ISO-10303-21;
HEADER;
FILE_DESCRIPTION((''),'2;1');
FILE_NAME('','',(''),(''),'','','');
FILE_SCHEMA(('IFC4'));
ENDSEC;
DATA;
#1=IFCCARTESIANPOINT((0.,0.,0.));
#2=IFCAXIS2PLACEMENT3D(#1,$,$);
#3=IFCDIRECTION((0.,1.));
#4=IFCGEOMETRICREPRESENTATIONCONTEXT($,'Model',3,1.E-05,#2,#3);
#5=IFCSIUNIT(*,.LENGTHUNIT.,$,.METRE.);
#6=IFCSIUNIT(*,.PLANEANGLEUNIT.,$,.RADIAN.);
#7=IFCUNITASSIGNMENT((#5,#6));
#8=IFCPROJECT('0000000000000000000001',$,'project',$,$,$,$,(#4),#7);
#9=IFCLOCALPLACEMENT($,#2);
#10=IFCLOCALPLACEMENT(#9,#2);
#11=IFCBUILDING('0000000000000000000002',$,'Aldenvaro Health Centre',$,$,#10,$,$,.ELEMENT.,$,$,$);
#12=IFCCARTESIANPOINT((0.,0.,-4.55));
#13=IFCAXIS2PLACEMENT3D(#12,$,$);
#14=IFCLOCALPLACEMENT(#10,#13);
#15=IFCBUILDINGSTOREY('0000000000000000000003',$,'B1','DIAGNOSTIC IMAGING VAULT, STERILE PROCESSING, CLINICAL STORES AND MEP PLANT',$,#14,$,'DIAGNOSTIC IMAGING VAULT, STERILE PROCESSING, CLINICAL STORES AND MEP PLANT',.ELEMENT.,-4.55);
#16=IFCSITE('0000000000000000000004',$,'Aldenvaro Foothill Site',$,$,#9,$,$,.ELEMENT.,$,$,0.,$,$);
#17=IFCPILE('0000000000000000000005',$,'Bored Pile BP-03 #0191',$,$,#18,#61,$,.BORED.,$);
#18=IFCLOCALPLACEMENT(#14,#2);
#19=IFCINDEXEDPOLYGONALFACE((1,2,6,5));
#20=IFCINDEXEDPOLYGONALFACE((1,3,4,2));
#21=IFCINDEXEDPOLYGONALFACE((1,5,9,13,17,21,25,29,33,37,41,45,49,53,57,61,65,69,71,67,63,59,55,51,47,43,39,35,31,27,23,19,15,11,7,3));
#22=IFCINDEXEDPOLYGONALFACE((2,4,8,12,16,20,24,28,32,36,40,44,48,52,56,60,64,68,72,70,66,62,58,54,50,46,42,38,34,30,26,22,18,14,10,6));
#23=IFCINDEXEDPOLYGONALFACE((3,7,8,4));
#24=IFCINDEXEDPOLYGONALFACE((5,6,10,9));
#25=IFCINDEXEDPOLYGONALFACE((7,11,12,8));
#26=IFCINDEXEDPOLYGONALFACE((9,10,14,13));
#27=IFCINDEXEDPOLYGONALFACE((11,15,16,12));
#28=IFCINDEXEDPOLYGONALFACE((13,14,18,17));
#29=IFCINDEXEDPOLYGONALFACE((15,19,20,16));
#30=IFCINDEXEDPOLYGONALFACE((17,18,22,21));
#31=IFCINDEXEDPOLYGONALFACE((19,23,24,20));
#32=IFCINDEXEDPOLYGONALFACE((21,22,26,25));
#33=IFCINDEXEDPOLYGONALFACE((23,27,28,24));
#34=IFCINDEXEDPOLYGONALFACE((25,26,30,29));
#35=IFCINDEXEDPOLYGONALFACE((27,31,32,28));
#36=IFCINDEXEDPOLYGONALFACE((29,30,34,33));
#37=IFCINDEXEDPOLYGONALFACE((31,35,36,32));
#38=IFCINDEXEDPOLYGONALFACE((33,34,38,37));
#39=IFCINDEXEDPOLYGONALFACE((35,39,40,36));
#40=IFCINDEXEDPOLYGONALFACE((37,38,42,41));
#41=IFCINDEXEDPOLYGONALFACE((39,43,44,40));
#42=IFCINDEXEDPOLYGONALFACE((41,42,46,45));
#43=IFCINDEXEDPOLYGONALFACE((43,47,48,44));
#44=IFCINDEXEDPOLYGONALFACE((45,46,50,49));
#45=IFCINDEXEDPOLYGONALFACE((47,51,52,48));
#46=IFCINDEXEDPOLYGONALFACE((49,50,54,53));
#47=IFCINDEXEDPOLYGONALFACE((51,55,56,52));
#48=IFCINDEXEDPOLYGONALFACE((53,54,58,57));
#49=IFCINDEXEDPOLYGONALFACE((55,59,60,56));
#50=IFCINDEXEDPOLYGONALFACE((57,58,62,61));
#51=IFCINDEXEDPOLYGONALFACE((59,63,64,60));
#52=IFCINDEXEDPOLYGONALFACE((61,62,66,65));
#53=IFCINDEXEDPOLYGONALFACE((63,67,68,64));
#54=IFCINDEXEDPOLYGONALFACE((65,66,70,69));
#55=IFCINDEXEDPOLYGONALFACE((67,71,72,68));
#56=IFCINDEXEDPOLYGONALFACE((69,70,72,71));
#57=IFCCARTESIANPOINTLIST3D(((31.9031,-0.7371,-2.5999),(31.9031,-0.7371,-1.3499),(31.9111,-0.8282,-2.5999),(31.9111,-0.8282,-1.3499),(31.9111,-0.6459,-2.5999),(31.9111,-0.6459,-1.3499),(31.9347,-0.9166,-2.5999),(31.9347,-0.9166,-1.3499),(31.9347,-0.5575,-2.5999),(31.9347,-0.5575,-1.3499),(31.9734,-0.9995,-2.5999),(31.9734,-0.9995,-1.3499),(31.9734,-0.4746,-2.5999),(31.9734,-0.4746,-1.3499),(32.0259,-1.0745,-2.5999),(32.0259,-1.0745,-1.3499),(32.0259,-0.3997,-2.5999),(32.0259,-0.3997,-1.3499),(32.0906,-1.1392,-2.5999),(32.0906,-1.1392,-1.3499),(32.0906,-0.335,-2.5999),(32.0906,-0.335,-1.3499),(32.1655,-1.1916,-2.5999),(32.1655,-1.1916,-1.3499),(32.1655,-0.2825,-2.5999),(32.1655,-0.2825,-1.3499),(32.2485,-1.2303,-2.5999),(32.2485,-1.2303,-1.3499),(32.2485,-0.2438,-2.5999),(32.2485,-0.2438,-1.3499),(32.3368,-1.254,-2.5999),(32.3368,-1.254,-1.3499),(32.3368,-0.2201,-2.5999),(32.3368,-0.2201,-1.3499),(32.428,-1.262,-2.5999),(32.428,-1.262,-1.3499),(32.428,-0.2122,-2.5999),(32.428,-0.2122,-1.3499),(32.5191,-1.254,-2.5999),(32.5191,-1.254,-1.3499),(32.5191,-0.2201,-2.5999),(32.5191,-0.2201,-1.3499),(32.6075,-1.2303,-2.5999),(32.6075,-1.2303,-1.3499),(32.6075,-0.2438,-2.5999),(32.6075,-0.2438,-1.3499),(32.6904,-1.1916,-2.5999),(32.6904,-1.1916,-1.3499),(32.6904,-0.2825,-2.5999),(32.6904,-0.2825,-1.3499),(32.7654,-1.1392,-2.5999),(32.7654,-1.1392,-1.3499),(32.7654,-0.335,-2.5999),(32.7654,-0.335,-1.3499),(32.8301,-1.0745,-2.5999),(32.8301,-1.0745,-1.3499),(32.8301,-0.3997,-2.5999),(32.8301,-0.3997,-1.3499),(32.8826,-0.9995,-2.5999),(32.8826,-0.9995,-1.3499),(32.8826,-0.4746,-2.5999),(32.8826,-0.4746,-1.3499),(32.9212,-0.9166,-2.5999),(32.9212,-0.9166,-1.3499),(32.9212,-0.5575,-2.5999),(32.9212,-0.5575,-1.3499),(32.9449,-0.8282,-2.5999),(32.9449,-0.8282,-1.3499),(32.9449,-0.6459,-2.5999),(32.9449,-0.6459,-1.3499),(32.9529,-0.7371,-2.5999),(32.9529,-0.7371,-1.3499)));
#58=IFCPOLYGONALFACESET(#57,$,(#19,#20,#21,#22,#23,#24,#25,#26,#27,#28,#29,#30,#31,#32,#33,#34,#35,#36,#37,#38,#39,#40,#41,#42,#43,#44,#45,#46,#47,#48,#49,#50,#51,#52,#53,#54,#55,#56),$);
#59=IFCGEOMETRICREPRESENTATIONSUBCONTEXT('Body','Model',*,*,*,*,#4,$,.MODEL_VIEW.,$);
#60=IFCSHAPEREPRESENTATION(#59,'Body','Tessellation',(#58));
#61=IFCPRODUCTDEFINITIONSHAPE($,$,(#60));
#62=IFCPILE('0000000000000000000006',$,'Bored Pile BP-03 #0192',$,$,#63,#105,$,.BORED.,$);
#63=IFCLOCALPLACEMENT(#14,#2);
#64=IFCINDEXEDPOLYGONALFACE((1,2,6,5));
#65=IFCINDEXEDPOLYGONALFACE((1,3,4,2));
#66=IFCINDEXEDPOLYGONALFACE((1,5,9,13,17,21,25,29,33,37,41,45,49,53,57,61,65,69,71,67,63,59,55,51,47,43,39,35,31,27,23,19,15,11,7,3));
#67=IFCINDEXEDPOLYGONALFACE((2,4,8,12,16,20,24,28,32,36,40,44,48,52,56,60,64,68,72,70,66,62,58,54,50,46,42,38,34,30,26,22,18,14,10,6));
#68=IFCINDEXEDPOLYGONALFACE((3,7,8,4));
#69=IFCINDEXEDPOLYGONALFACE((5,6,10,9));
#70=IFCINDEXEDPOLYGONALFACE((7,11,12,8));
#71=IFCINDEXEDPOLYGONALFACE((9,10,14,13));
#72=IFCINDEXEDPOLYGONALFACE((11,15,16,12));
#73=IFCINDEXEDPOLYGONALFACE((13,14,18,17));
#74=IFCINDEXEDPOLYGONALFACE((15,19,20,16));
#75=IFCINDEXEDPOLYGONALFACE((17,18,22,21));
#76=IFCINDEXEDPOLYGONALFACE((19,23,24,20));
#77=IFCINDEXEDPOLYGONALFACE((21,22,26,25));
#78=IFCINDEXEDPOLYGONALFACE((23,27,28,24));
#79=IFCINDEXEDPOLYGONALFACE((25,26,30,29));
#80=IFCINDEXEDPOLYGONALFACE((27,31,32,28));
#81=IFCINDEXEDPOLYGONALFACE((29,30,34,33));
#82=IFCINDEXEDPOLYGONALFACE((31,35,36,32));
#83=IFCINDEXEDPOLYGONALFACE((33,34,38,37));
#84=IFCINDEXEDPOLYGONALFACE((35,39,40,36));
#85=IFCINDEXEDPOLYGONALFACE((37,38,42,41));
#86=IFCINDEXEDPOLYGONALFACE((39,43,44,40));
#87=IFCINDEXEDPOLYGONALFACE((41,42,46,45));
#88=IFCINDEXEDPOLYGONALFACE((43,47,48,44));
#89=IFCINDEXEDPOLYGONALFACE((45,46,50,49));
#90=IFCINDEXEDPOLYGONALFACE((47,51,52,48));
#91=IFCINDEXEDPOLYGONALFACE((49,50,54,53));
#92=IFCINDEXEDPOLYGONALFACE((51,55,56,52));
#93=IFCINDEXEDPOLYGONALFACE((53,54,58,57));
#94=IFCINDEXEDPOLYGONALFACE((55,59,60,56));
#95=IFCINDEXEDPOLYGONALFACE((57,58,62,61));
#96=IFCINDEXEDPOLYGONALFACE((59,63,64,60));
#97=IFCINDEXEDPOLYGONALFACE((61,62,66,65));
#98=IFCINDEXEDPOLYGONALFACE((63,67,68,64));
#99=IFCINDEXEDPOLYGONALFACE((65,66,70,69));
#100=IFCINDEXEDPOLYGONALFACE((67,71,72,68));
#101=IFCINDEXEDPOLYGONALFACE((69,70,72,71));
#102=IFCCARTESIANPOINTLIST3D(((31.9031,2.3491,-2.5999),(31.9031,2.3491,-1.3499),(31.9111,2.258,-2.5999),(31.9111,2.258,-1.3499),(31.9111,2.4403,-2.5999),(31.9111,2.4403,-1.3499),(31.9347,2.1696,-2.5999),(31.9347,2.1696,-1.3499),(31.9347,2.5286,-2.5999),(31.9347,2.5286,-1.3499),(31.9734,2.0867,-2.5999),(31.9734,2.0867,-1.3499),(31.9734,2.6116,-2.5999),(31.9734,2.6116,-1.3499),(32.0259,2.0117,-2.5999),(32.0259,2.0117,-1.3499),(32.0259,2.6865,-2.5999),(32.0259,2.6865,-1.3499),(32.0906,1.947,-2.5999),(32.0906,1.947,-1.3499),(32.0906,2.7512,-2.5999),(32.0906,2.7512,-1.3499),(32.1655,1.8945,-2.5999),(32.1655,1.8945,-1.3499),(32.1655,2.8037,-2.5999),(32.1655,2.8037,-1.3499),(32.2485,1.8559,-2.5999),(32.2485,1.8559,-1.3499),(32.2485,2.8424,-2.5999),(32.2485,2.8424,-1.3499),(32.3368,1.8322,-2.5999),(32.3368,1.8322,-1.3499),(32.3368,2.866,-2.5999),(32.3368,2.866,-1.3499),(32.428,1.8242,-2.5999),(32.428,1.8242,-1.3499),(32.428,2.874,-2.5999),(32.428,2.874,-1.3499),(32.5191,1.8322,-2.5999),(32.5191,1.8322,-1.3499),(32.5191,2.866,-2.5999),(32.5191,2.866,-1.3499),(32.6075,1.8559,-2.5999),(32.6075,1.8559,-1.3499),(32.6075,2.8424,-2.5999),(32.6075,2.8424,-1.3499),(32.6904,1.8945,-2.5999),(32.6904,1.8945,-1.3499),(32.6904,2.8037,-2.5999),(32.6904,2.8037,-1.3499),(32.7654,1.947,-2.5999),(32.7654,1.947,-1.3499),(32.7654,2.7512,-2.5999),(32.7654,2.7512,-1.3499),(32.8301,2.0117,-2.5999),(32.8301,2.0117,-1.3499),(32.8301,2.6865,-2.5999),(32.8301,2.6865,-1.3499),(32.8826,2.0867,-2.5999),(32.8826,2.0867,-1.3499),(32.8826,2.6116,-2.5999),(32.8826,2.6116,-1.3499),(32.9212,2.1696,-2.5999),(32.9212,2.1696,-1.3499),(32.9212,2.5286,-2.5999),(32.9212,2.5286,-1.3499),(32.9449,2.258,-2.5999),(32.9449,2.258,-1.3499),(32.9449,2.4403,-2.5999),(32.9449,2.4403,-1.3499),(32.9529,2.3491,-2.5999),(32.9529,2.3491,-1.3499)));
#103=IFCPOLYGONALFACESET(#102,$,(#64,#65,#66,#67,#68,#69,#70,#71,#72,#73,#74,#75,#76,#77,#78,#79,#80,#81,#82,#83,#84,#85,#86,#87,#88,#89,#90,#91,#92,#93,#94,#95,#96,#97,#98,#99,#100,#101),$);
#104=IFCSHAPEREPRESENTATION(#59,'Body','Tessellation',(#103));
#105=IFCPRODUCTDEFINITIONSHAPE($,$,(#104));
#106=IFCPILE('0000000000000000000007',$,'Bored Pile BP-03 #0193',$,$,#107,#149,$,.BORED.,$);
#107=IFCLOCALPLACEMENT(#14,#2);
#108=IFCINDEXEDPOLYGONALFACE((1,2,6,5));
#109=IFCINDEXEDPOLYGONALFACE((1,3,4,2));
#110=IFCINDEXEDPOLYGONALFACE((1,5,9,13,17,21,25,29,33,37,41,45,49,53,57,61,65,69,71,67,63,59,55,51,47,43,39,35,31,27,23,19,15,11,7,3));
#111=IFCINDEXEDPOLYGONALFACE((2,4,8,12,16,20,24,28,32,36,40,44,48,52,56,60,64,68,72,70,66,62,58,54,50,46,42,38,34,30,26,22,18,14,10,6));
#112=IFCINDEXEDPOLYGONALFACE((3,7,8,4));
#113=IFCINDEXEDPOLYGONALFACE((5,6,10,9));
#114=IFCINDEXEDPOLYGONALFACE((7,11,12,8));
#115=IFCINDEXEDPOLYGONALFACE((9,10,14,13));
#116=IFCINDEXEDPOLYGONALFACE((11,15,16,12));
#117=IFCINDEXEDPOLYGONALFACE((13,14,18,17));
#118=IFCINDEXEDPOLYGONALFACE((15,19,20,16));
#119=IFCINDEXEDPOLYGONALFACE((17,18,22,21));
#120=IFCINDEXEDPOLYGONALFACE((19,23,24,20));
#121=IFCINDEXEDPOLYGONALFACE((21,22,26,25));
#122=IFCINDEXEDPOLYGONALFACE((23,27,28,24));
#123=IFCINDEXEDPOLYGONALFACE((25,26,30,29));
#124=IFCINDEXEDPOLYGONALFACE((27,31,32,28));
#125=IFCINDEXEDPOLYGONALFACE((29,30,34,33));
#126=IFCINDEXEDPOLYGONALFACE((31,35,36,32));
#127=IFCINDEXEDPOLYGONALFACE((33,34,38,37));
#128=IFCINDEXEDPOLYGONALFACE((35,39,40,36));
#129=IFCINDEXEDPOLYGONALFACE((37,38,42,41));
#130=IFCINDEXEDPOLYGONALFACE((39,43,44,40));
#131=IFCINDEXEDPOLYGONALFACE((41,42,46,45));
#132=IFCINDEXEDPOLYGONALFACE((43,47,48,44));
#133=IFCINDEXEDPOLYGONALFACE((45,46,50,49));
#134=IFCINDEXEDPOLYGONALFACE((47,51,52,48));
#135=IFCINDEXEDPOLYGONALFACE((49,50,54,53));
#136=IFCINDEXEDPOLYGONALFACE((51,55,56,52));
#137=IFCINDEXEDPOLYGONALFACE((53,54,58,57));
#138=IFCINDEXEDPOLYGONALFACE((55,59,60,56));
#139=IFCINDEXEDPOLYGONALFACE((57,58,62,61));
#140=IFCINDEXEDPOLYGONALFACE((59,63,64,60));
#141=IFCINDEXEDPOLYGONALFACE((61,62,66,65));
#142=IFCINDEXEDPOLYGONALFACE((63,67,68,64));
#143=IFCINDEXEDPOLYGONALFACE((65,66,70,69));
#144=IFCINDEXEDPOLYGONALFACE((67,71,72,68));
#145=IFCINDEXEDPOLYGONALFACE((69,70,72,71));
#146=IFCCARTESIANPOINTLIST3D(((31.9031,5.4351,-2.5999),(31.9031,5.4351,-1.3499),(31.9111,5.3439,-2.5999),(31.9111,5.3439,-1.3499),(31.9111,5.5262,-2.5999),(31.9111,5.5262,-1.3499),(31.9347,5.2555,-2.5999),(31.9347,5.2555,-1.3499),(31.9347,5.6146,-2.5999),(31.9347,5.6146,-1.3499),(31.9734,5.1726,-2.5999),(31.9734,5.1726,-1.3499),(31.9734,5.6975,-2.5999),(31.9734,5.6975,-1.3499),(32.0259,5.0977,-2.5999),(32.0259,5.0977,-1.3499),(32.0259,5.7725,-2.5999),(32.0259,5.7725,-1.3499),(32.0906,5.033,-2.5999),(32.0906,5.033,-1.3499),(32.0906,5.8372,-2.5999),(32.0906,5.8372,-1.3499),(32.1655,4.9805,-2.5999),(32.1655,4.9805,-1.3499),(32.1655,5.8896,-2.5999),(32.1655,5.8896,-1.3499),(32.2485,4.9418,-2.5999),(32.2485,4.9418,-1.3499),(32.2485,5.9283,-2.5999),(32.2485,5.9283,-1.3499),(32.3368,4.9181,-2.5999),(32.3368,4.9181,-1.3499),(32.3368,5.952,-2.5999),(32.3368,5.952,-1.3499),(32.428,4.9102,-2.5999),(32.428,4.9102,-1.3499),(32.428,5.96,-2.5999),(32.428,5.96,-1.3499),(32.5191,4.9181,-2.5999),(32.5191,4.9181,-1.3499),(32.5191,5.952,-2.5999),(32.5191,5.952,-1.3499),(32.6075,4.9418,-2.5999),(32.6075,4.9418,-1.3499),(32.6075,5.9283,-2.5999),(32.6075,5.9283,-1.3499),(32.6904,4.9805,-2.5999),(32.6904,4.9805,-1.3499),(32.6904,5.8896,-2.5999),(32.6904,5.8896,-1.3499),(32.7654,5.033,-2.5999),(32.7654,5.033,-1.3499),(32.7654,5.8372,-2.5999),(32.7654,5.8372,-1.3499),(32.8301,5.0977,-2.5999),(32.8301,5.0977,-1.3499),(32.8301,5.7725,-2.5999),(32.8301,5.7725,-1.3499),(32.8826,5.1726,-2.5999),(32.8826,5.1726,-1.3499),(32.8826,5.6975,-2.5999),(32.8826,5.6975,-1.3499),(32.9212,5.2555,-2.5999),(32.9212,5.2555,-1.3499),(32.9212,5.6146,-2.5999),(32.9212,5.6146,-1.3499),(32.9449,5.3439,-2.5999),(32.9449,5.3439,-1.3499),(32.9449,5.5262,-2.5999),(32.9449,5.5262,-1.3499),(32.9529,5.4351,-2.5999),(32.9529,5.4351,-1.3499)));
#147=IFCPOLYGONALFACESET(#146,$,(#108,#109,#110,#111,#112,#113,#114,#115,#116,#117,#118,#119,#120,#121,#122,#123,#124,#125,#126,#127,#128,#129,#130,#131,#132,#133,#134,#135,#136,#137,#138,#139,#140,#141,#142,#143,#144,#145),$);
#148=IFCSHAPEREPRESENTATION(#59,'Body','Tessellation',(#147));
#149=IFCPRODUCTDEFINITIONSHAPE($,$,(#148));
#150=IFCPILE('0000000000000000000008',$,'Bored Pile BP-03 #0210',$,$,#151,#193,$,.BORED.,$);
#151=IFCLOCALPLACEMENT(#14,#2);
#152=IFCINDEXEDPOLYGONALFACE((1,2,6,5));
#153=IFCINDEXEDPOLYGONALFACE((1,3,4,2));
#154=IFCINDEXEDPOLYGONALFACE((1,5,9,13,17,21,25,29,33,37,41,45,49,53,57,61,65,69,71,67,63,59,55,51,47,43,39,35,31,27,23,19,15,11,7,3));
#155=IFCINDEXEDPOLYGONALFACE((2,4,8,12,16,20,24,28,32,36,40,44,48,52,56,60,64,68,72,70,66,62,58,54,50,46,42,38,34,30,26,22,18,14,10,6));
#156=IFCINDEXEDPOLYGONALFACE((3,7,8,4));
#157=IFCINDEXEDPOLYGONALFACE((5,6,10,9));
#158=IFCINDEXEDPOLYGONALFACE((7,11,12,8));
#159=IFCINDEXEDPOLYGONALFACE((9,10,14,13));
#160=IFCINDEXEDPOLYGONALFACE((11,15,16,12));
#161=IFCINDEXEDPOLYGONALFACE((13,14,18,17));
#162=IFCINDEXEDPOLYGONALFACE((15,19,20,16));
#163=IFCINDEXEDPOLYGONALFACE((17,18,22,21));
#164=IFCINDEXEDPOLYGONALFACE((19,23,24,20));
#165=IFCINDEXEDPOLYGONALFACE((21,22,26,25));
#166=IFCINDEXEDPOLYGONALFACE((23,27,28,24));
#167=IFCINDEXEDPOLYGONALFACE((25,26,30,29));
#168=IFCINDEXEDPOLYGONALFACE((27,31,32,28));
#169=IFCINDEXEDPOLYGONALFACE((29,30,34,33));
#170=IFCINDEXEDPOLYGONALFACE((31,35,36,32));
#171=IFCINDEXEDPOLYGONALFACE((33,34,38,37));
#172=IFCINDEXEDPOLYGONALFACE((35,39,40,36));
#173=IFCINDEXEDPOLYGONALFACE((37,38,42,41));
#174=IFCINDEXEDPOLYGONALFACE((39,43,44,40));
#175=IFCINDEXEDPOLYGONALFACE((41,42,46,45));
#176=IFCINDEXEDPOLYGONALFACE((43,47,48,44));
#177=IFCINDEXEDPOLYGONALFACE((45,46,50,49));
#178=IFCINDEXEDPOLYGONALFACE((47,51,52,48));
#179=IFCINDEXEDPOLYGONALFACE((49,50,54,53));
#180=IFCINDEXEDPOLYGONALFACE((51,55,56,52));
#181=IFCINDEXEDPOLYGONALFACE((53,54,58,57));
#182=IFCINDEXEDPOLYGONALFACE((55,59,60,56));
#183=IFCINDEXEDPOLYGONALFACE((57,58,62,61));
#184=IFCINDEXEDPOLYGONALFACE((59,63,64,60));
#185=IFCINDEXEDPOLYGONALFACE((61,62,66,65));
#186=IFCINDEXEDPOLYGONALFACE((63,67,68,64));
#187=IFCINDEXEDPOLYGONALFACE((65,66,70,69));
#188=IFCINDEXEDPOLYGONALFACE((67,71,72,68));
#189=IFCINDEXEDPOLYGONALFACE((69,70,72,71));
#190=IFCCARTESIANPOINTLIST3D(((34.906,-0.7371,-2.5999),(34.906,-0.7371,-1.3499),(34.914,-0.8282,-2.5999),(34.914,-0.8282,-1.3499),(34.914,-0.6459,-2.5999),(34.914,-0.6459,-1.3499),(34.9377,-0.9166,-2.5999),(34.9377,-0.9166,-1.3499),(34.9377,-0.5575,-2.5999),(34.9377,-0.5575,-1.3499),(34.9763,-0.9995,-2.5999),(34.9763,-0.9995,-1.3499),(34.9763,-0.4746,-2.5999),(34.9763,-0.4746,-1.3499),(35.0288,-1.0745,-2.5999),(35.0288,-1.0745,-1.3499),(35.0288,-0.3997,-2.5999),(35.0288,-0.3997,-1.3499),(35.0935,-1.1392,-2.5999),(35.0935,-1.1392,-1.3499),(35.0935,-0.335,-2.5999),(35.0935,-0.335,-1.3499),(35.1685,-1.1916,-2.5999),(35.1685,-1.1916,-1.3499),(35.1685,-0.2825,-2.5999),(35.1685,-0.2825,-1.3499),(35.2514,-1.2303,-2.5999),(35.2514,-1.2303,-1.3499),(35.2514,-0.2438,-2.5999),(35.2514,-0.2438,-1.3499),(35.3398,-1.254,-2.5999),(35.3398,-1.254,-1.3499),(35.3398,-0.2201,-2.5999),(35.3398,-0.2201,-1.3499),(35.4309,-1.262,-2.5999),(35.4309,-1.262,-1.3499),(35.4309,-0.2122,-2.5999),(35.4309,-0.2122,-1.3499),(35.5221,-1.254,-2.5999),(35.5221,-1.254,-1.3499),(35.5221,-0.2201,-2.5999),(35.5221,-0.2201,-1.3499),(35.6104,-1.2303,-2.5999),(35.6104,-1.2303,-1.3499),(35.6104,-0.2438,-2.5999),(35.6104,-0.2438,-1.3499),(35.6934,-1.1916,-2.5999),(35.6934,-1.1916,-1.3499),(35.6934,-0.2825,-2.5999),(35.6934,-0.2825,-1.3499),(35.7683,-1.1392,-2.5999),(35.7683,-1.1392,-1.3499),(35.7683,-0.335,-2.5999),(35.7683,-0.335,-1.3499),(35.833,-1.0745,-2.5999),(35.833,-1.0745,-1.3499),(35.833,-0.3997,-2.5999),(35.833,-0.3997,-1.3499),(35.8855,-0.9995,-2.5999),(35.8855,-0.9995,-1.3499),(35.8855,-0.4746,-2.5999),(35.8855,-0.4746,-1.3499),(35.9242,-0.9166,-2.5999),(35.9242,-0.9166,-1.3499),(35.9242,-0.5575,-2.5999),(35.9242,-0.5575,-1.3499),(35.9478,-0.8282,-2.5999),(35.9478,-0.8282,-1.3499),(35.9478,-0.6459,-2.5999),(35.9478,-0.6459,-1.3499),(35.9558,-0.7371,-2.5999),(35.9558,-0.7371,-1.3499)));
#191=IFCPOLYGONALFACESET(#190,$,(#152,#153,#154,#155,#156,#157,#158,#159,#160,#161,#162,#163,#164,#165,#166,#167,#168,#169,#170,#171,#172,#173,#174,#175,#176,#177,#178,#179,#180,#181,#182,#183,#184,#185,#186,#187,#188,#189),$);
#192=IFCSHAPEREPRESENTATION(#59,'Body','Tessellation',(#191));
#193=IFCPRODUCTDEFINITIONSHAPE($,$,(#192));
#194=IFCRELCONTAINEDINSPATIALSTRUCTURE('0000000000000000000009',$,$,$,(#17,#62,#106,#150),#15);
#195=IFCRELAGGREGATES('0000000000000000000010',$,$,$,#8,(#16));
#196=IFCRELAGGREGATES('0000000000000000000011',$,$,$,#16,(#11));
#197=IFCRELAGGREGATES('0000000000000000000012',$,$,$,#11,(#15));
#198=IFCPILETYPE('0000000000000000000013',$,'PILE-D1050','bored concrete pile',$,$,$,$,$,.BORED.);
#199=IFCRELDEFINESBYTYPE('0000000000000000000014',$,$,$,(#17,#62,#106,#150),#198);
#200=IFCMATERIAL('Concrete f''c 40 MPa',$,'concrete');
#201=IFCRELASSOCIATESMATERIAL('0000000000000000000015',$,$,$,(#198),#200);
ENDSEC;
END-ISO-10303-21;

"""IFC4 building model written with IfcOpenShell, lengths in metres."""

from ifc_helpers import new_model, si_unit, direction, frame, origin, origin_2d, place, context, subcontext, project, spatial, circle, extrude, material, material_profile, profile_set, type_object, element, save


model = new_model("IFC4")

# Units and contexts
model_context = context("Model", 3, precision=1e-05, world=origin(), true_north=direction((0.0, 1.0)))
body_context = subcontext(model_context, "Body", "Model", "MODEL_VIEW")
ifc_project = project(units=[si_unit("LENGTHUNIT", "METRE"), si_unit("PLANEANGLEUNIT", "RADIAN")], contexts=[model_context])

# Site, building, storey
site_placement = place(None, origin())
site = spatial("IfcSite", under=ifc_project, at=site_placement, Name="Aldenvaro Foothill Site", CompositionType="ELEMENT", RefElevation=0.0)
building_placement = place(site_placement, origin())
building = spatial("IfcBuilding", under=site, at=building_placement, Name="Aldenvaro Health Centre", CompositionType="ELEMENT")
storey_placement = place(building_placement, frame((0.0, 0.0, -4.55)))
storey = spatial("IfcBuildingStorey", under=building, at=storey_placement, Name="B1", Description="DIAGNOSTIC IMAGING VAULT, STERILE PROCESSING, CLINICAL STORES AND MEP PLANT", LongName="DIAGNOSTIC IMAGING VAULT, STERILE PROCESSING, CLINICAL STORES AND MEP PLANT", CompositionType="ELEMENT", Elevation=-4.55)

# Piles
ifc_material = material(Name="Concrete f'c 40 MPa", Category="concrete")
ifc_material_profile_1 = material_profile(ifc_material, circle(Radius=0.5249, at=origin_2d()), Name="PILE D1050", Category="concrete")
ifc_profile_set_1 = profile_set([ifc_material_profile_1], Name="Concrete f'c 40 MPa")
pile_type = type_object("IfcPileType", Name="PILE-D1050", Description="bored concrete pile", PredefinedType="BORED", material=ifc_profile_set_1)
for number, where, z_axis, x_axis, name in (
    (1, (32.428, -0.7371, -1.3499), (0.0, 0.0, -1.0), (1.0, 0.0, 0.0), "Bored Pile BP-03 #0191"),
    (2, (32.428, 2.3491, -1.3499), (0.0, 0.0, -1.0), (1.0, 0.0, 0.0), "Bored Pile BP-03 #0192"),
    (3, (32.428, 5.4351, -1.3499), (0.0, 0.0, -1.0), (1.0, 0.0, 0.0), "Bored Pile BP-03 #0193"),
    (4, (35.4309, -0.7371, -1.3499), (0.0, 0.0, -1.0), (1.0, 0.0, 0.0), "Bored Pile BP-03 #0210"),
):
    element("IfcPile", number, at=place(storey_placement, frame(where, z_axis=z_axis, x_axis=x_axis)), inside=storey, type_object=pile_type, Name=name, PredefinedType="BORED", context=body_context, shape_type="SweptSolid", body=[
        extrude(circle(Radius=0.5249, at=origin_2d()), origin(), (0.0, 0.0, 1.0), 1.25),
    ])

save(model, "model.ifc")
